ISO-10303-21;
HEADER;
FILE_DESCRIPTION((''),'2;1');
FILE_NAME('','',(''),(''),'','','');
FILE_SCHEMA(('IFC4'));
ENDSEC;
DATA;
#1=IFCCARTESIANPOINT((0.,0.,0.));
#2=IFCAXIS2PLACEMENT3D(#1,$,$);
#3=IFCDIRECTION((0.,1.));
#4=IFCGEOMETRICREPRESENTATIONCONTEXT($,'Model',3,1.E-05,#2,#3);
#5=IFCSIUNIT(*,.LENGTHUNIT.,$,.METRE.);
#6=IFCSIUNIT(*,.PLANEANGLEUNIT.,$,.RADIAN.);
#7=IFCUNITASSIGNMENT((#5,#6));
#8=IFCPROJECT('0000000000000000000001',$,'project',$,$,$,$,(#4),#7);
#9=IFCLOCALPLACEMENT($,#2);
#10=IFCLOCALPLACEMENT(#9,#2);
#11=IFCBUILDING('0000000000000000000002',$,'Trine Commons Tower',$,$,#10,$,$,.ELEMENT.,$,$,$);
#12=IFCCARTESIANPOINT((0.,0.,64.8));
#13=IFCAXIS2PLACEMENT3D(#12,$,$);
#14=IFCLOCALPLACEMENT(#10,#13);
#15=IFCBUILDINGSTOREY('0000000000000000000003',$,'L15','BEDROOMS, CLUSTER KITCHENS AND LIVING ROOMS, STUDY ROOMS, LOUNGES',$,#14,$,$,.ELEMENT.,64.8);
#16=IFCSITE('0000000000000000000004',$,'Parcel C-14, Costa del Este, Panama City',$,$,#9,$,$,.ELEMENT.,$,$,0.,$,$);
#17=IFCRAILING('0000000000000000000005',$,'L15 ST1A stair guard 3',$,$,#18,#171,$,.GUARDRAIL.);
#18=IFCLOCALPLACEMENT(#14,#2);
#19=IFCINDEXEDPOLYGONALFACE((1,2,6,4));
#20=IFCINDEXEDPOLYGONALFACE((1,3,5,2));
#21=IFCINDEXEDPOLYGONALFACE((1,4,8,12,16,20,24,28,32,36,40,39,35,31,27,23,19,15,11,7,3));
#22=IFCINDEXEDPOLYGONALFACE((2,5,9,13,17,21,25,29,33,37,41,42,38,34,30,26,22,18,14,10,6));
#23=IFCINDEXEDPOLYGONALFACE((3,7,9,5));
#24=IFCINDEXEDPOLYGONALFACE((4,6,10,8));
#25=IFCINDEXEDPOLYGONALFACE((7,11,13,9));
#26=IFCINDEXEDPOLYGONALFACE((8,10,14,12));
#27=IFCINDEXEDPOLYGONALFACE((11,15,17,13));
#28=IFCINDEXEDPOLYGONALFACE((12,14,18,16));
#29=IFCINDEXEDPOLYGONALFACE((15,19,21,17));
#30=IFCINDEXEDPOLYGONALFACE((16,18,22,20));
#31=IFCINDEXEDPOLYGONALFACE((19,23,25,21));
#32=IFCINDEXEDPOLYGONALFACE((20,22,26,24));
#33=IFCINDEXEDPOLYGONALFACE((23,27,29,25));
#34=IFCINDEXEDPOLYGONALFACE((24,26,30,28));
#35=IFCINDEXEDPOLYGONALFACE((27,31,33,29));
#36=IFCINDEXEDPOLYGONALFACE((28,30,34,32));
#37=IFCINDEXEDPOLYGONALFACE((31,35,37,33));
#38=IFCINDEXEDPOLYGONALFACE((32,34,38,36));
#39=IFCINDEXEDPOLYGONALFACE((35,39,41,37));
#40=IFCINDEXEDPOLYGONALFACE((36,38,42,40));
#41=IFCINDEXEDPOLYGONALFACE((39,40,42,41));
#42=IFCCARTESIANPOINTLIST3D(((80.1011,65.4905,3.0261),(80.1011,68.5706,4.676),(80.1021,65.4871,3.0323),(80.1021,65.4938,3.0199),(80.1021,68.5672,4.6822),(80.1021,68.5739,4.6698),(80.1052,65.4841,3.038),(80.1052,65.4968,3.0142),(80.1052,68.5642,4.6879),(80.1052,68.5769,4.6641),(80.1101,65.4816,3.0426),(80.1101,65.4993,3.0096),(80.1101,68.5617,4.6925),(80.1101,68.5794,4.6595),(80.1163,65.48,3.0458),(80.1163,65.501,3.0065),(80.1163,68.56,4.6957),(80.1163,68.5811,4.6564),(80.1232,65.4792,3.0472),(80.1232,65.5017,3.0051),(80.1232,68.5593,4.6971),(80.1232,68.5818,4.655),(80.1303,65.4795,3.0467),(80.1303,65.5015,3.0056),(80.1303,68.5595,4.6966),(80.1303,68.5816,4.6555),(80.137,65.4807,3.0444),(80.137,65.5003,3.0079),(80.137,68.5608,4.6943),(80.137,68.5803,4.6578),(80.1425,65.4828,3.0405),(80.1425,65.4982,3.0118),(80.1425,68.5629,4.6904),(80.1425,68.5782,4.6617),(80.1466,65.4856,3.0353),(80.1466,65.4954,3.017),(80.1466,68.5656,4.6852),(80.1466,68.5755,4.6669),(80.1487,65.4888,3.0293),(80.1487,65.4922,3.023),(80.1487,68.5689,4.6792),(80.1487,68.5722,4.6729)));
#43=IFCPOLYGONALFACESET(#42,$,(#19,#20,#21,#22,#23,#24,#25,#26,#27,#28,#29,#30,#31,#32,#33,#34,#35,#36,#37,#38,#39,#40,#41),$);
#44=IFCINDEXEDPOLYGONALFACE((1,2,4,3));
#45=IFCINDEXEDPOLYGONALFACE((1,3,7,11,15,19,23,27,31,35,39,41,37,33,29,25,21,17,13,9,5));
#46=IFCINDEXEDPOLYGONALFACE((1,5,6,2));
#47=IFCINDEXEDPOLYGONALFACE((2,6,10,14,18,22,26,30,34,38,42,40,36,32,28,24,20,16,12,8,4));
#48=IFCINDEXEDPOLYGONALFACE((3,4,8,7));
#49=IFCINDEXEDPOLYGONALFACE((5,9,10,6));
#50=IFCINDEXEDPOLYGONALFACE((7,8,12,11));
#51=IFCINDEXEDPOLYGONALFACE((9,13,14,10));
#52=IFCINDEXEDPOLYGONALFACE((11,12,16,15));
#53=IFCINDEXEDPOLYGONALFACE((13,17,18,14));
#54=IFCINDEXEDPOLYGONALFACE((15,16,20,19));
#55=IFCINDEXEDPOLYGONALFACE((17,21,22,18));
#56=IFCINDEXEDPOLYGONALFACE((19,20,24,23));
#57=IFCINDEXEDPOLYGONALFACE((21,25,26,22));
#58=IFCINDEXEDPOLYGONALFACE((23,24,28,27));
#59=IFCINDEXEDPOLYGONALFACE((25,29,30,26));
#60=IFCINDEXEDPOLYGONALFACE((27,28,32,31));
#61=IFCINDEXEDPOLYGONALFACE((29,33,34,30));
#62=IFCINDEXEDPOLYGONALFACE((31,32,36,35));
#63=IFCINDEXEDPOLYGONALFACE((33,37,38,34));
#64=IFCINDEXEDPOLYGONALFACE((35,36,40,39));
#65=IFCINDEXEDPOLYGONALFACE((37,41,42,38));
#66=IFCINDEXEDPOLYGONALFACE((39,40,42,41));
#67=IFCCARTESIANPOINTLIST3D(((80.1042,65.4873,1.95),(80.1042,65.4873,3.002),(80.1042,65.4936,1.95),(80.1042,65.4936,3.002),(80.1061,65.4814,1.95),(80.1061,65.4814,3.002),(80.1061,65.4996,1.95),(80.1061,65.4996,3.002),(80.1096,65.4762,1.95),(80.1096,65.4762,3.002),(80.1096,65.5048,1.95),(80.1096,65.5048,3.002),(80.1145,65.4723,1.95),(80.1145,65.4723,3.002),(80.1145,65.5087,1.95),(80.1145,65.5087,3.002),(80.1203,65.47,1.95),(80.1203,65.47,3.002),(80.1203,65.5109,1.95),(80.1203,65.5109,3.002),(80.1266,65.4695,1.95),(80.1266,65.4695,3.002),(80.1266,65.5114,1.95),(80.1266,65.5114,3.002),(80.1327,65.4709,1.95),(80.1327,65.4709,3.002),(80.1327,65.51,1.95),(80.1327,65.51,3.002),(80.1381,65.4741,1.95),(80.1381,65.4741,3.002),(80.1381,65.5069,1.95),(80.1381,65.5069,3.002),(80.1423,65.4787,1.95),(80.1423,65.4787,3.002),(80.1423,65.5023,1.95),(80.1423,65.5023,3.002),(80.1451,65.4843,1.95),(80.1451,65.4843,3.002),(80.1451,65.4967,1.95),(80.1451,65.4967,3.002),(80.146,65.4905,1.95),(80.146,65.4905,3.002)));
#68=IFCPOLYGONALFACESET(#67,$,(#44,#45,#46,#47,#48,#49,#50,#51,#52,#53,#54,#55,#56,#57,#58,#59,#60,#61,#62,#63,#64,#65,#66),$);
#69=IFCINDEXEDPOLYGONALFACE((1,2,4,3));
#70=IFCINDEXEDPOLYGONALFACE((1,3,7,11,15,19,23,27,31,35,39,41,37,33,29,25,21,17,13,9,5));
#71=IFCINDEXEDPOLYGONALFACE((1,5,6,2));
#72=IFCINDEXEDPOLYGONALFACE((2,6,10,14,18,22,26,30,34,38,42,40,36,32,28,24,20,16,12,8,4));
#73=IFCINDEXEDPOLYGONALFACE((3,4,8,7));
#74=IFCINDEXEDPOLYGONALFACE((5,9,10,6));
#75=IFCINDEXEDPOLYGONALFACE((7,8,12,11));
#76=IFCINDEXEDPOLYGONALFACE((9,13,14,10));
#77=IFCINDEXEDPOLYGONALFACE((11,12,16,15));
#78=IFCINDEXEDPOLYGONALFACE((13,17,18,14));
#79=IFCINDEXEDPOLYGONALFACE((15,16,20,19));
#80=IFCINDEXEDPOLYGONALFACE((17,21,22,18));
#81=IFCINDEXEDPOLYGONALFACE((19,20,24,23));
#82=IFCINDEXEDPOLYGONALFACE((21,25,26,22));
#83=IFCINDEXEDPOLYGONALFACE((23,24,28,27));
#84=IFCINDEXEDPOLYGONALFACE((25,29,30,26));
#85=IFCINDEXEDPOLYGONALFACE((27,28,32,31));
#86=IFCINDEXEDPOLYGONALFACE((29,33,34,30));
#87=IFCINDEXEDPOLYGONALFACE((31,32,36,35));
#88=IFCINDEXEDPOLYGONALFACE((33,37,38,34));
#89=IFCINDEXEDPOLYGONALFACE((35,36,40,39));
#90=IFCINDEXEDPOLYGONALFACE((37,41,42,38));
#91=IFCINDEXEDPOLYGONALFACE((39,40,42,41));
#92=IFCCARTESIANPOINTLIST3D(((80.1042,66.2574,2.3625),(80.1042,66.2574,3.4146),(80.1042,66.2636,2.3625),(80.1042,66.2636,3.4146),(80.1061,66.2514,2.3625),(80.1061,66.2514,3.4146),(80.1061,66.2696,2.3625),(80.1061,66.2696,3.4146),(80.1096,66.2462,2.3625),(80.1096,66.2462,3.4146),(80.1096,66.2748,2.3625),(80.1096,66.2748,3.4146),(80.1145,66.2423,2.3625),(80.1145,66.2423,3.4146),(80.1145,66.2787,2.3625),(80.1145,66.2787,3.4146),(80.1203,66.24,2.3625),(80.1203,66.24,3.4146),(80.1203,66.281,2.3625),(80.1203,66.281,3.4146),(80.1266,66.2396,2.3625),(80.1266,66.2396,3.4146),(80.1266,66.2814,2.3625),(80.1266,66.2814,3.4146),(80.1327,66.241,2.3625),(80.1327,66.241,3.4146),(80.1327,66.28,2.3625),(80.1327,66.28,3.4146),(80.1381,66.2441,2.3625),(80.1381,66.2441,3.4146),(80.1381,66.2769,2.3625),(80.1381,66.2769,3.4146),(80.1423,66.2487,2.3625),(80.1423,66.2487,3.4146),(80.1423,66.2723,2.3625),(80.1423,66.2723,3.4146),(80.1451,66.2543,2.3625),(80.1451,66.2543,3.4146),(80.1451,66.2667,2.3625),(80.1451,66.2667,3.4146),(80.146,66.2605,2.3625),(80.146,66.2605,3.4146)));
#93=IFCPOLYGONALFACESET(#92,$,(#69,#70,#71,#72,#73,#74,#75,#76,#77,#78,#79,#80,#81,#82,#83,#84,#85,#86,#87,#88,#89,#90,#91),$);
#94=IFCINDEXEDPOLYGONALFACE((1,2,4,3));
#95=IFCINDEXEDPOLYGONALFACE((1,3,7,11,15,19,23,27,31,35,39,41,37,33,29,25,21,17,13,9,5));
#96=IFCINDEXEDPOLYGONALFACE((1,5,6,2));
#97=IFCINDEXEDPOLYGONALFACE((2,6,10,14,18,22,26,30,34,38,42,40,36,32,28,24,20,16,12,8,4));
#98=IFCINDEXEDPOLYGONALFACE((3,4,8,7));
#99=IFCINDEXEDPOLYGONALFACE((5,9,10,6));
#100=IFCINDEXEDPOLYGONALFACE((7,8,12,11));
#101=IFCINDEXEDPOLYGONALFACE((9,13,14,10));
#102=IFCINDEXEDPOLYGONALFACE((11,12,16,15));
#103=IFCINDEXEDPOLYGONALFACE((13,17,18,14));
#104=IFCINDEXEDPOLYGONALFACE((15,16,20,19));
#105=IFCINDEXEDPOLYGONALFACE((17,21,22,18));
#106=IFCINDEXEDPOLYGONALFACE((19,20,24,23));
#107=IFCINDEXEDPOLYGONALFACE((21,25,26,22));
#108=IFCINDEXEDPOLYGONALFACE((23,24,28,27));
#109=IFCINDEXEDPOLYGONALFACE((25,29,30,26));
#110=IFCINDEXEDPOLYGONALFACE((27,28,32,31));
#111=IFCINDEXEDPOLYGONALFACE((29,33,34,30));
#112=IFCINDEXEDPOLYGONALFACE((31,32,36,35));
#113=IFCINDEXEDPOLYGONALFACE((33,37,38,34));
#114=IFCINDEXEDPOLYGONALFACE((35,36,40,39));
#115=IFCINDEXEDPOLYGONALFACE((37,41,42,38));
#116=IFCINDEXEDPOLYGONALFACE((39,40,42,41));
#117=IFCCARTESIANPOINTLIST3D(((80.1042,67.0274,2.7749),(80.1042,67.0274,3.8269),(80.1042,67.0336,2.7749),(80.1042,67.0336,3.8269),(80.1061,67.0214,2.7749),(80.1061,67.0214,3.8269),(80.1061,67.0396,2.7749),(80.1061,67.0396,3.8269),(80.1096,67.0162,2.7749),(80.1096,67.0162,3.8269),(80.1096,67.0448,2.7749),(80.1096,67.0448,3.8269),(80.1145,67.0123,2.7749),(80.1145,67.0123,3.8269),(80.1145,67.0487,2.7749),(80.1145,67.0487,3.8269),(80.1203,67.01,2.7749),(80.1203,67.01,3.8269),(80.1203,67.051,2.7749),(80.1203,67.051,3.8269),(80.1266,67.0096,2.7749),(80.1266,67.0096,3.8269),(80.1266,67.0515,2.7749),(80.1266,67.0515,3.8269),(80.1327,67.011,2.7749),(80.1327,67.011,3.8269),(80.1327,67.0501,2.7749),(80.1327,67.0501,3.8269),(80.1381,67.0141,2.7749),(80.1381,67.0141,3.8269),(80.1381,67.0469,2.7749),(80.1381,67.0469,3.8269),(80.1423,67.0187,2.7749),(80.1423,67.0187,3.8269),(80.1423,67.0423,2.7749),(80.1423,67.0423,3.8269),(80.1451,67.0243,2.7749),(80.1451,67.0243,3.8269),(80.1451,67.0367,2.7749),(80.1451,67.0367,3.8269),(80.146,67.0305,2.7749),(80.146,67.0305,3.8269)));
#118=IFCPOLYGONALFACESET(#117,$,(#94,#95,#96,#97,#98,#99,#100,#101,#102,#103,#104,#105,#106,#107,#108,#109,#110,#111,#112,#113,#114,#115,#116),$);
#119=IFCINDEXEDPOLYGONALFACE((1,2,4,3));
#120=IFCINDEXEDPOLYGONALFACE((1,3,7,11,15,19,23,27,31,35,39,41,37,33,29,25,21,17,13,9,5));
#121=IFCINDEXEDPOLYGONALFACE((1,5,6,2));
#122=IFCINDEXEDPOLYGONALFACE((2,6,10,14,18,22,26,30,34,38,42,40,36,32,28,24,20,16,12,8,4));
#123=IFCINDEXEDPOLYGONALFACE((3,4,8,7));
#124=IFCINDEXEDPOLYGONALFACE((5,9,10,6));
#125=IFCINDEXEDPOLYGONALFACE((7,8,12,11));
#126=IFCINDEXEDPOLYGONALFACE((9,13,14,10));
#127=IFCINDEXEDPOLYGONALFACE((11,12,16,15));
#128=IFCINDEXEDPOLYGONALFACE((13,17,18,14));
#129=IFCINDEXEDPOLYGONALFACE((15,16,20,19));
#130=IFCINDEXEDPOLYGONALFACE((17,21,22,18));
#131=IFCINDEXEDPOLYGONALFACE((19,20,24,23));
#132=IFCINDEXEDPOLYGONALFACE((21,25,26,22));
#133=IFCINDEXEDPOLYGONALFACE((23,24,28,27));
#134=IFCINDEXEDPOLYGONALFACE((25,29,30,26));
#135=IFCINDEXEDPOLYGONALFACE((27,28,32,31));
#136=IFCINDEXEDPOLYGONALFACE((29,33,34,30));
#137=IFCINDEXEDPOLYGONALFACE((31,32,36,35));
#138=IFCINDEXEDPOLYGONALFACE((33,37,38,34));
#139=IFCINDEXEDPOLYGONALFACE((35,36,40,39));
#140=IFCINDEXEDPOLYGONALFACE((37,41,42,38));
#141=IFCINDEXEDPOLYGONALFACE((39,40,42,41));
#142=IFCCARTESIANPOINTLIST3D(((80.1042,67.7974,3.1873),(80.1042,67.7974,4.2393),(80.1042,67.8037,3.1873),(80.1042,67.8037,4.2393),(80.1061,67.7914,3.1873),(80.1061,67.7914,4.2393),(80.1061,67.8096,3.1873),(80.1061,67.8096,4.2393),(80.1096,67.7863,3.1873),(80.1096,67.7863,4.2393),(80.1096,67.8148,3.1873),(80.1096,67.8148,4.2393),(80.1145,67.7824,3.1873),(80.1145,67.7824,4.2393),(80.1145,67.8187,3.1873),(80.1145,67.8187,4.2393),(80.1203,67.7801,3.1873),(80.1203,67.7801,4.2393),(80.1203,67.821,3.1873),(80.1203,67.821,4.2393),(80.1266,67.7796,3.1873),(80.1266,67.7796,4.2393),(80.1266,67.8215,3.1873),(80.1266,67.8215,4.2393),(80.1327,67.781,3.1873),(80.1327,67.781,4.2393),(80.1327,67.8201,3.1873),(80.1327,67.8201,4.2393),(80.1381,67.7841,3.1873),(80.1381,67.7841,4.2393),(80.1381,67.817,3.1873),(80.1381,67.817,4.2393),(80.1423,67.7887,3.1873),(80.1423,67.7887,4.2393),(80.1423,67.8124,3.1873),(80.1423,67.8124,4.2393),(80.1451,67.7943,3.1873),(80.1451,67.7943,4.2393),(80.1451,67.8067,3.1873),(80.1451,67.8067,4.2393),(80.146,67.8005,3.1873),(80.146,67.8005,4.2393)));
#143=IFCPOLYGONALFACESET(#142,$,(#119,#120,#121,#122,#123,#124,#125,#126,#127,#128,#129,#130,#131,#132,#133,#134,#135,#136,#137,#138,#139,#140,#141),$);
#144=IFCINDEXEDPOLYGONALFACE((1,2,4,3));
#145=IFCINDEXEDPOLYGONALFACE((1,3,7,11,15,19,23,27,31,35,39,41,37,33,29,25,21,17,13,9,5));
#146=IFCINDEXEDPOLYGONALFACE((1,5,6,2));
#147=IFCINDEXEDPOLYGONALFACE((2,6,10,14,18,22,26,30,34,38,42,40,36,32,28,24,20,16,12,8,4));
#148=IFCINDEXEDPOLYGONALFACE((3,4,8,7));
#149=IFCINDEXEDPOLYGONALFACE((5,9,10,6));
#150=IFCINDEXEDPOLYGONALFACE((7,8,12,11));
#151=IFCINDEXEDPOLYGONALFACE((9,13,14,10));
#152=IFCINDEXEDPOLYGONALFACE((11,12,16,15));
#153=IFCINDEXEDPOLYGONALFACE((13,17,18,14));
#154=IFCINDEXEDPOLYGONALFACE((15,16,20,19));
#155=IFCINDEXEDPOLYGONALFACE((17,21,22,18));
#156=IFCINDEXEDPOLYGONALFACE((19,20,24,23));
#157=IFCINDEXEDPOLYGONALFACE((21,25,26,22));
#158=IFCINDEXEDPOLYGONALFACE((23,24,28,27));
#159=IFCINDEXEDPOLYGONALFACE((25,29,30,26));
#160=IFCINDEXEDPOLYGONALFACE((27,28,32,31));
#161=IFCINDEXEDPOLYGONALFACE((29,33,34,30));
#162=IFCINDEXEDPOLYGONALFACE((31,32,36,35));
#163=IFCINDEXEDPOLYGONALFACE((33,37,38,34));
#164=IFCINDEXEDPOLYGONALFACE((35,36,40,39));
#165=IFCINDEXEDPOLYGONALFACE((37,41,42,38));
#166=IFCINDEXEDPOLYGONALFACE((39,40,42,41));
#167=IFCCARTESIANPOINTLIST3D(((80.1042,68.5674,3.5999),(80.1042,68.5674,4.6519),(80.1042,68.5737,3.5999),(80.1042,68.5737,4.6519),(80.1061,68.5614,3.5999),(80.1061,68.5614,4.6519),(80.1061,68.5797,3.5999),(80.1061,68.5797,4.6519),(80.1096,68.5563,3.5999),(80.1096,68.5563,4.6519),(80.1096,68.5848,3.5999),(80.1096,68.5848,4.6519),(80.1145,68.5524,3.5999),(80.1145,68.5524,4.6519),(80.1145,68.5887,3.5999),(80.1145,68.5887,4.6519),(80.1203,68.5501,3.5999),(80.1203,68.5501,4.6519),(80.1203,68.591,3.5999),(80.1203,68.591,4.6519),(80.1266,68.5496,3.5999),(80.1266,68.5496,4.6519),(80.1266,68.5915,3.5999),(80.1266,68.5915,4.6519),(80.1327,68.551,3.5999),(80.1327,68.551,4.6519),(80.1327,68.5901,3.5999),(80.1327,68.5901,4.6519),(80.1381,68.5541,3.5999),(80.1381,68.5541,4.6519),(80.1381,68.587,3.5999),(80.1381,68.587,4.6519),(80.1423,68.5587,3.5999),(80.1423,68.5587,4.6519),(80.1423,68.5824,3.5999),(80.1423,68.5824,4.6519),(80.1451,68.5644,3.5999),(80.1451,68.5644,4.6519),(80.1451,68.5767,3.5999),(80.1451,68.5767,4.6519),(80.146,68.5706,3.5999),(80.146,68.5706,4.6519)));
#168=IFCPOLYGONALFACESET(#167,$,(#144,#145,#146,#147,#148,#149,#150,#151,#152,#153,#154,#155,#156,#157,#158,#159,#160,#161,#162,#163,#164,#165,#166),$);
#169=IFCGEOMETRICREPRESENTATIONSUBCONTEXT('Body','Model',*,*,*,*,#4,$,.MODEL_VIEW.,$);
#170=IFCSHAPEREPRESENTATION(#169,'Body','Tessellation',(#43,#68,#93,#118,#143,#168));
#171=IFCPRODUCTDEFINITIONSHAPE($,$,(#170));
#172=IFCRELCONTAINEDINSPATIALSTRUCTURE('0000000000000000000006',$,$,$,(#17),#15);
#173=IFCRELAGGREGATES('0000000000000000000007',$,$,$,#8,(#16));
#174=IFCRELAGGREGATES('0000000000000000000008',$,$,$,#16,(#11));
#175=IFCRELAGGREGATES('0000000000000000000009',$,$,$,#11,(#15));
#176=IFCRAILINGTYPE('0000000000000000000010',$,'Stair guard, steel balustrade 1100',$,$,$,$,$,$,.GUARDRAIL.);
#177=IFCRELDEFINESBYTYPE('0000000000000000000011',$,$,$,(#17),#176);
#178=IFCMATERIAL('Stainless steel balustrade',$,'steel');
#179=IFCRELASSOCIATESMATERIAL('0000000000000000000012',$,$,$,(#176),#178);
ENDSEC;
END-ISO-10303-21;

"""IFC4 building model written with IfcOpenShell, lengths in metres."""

from ifc_helpers import new_model, si_unit, direction, frame, origin, origin_2d, place, context, subcontext, project, spatial, circle, extrude, material, type_object, element, save


model = new_model("IFC4")

# Units and contexts
model_context = context("Model", 3, precision=1e-05, world=origin(), true_north=direction((0.0, 1.0)))
body_context = subcontext(model_context, "Body", "Model", "MODEL_VIEW")
ifc_project = project(units=[si_unit("LENGTHUNIT", "METRE"), si_unit("PLANEANGLEUNIT", "RADIAN")], contexts=[model_context])

# Site, building, storey
site_placement = place(None, origin())
site = spatial("IfcSite", under=ifc_project, at=site_placement, Name="Parcel C-14, Costa del Este, Panama City", CompositionType="ELEMENT", RefElevation=0.0)
building_placement = place(site_placement, origin())
building = spatial("IfcBuilding", under=site, at=building_placement, Name="Trine Commons Tower", CompositionType="ELEMENT")
storey_placement = place(building_placement, frame((0.0, 0.0, 64.8)))
storey = spatial("IfcBuildingStorey", under=building, at=storey_placement, Name="L15", Description="BEDROOMS, CLUSTER KITCHENS AND LIVING ROOMS, STUDY ROOMS, LOUNGES", CompositionType="ELEMENT", Elevation=64.8)

# Railing
ifc_material_1 = material(Name="Stainless steel balustrade", Category="steel")
railing_type_1 = type_object("IfcRailingType", Name="Stair guard, steel balustrade 1100", PredefinedType="GUARDRAIL", material=ifc_material_1)
railing_1_placement = place(storey_placement, frame((80.125, 65.4905, 1.95)))
element("IfcRailing", 1, at=railing_1_placement, inside=storey, type_object=railing_type_1, Name="L15 ST1A stair guard 3", PredefinedType="GUARDRAIL", context=body_context, shape_type="SweptSolid", body=[
    extrude(circle(Radius=0.0239, at=origin_2d()), frame((0.0, 0.0, 1.0762), z_axis=(0.0, 0.881497, 0.47219), x_axis=(-1.0, 0.0, 0.0)), (0.0, 0.0, 1.0), 3.4941),
    extrude(circle(Radius=0.021, at=origin_2d()), origin(), (0.0, 0.0, 1.0), 1.052),
    extrude(circle(Radius=0.021, at=origin_2d()), frame((0.0, 0.77, 0.4126)), (0.0, 0.0, 1.0), 1.052),
    extrude(circle(Radius=0.021, at=origin_2d()), frame((0.0, 1.54, 0.825)), (0.0, 0.0, 1.0), 1.052),
    extrude(circle(Radius=0.021, at=origin_2d()), frame((0.0, 2.3101, 1.2373)), (0.0, 0.0, 1.0), 1.052),
    extrude(circle(Radius=0.021, at=origin_2d()), frame((0.0, 3.0801, 1.6499)), (0.0, 0.0, 1.0), 1.052),
])

save(model, "model.ifc")
